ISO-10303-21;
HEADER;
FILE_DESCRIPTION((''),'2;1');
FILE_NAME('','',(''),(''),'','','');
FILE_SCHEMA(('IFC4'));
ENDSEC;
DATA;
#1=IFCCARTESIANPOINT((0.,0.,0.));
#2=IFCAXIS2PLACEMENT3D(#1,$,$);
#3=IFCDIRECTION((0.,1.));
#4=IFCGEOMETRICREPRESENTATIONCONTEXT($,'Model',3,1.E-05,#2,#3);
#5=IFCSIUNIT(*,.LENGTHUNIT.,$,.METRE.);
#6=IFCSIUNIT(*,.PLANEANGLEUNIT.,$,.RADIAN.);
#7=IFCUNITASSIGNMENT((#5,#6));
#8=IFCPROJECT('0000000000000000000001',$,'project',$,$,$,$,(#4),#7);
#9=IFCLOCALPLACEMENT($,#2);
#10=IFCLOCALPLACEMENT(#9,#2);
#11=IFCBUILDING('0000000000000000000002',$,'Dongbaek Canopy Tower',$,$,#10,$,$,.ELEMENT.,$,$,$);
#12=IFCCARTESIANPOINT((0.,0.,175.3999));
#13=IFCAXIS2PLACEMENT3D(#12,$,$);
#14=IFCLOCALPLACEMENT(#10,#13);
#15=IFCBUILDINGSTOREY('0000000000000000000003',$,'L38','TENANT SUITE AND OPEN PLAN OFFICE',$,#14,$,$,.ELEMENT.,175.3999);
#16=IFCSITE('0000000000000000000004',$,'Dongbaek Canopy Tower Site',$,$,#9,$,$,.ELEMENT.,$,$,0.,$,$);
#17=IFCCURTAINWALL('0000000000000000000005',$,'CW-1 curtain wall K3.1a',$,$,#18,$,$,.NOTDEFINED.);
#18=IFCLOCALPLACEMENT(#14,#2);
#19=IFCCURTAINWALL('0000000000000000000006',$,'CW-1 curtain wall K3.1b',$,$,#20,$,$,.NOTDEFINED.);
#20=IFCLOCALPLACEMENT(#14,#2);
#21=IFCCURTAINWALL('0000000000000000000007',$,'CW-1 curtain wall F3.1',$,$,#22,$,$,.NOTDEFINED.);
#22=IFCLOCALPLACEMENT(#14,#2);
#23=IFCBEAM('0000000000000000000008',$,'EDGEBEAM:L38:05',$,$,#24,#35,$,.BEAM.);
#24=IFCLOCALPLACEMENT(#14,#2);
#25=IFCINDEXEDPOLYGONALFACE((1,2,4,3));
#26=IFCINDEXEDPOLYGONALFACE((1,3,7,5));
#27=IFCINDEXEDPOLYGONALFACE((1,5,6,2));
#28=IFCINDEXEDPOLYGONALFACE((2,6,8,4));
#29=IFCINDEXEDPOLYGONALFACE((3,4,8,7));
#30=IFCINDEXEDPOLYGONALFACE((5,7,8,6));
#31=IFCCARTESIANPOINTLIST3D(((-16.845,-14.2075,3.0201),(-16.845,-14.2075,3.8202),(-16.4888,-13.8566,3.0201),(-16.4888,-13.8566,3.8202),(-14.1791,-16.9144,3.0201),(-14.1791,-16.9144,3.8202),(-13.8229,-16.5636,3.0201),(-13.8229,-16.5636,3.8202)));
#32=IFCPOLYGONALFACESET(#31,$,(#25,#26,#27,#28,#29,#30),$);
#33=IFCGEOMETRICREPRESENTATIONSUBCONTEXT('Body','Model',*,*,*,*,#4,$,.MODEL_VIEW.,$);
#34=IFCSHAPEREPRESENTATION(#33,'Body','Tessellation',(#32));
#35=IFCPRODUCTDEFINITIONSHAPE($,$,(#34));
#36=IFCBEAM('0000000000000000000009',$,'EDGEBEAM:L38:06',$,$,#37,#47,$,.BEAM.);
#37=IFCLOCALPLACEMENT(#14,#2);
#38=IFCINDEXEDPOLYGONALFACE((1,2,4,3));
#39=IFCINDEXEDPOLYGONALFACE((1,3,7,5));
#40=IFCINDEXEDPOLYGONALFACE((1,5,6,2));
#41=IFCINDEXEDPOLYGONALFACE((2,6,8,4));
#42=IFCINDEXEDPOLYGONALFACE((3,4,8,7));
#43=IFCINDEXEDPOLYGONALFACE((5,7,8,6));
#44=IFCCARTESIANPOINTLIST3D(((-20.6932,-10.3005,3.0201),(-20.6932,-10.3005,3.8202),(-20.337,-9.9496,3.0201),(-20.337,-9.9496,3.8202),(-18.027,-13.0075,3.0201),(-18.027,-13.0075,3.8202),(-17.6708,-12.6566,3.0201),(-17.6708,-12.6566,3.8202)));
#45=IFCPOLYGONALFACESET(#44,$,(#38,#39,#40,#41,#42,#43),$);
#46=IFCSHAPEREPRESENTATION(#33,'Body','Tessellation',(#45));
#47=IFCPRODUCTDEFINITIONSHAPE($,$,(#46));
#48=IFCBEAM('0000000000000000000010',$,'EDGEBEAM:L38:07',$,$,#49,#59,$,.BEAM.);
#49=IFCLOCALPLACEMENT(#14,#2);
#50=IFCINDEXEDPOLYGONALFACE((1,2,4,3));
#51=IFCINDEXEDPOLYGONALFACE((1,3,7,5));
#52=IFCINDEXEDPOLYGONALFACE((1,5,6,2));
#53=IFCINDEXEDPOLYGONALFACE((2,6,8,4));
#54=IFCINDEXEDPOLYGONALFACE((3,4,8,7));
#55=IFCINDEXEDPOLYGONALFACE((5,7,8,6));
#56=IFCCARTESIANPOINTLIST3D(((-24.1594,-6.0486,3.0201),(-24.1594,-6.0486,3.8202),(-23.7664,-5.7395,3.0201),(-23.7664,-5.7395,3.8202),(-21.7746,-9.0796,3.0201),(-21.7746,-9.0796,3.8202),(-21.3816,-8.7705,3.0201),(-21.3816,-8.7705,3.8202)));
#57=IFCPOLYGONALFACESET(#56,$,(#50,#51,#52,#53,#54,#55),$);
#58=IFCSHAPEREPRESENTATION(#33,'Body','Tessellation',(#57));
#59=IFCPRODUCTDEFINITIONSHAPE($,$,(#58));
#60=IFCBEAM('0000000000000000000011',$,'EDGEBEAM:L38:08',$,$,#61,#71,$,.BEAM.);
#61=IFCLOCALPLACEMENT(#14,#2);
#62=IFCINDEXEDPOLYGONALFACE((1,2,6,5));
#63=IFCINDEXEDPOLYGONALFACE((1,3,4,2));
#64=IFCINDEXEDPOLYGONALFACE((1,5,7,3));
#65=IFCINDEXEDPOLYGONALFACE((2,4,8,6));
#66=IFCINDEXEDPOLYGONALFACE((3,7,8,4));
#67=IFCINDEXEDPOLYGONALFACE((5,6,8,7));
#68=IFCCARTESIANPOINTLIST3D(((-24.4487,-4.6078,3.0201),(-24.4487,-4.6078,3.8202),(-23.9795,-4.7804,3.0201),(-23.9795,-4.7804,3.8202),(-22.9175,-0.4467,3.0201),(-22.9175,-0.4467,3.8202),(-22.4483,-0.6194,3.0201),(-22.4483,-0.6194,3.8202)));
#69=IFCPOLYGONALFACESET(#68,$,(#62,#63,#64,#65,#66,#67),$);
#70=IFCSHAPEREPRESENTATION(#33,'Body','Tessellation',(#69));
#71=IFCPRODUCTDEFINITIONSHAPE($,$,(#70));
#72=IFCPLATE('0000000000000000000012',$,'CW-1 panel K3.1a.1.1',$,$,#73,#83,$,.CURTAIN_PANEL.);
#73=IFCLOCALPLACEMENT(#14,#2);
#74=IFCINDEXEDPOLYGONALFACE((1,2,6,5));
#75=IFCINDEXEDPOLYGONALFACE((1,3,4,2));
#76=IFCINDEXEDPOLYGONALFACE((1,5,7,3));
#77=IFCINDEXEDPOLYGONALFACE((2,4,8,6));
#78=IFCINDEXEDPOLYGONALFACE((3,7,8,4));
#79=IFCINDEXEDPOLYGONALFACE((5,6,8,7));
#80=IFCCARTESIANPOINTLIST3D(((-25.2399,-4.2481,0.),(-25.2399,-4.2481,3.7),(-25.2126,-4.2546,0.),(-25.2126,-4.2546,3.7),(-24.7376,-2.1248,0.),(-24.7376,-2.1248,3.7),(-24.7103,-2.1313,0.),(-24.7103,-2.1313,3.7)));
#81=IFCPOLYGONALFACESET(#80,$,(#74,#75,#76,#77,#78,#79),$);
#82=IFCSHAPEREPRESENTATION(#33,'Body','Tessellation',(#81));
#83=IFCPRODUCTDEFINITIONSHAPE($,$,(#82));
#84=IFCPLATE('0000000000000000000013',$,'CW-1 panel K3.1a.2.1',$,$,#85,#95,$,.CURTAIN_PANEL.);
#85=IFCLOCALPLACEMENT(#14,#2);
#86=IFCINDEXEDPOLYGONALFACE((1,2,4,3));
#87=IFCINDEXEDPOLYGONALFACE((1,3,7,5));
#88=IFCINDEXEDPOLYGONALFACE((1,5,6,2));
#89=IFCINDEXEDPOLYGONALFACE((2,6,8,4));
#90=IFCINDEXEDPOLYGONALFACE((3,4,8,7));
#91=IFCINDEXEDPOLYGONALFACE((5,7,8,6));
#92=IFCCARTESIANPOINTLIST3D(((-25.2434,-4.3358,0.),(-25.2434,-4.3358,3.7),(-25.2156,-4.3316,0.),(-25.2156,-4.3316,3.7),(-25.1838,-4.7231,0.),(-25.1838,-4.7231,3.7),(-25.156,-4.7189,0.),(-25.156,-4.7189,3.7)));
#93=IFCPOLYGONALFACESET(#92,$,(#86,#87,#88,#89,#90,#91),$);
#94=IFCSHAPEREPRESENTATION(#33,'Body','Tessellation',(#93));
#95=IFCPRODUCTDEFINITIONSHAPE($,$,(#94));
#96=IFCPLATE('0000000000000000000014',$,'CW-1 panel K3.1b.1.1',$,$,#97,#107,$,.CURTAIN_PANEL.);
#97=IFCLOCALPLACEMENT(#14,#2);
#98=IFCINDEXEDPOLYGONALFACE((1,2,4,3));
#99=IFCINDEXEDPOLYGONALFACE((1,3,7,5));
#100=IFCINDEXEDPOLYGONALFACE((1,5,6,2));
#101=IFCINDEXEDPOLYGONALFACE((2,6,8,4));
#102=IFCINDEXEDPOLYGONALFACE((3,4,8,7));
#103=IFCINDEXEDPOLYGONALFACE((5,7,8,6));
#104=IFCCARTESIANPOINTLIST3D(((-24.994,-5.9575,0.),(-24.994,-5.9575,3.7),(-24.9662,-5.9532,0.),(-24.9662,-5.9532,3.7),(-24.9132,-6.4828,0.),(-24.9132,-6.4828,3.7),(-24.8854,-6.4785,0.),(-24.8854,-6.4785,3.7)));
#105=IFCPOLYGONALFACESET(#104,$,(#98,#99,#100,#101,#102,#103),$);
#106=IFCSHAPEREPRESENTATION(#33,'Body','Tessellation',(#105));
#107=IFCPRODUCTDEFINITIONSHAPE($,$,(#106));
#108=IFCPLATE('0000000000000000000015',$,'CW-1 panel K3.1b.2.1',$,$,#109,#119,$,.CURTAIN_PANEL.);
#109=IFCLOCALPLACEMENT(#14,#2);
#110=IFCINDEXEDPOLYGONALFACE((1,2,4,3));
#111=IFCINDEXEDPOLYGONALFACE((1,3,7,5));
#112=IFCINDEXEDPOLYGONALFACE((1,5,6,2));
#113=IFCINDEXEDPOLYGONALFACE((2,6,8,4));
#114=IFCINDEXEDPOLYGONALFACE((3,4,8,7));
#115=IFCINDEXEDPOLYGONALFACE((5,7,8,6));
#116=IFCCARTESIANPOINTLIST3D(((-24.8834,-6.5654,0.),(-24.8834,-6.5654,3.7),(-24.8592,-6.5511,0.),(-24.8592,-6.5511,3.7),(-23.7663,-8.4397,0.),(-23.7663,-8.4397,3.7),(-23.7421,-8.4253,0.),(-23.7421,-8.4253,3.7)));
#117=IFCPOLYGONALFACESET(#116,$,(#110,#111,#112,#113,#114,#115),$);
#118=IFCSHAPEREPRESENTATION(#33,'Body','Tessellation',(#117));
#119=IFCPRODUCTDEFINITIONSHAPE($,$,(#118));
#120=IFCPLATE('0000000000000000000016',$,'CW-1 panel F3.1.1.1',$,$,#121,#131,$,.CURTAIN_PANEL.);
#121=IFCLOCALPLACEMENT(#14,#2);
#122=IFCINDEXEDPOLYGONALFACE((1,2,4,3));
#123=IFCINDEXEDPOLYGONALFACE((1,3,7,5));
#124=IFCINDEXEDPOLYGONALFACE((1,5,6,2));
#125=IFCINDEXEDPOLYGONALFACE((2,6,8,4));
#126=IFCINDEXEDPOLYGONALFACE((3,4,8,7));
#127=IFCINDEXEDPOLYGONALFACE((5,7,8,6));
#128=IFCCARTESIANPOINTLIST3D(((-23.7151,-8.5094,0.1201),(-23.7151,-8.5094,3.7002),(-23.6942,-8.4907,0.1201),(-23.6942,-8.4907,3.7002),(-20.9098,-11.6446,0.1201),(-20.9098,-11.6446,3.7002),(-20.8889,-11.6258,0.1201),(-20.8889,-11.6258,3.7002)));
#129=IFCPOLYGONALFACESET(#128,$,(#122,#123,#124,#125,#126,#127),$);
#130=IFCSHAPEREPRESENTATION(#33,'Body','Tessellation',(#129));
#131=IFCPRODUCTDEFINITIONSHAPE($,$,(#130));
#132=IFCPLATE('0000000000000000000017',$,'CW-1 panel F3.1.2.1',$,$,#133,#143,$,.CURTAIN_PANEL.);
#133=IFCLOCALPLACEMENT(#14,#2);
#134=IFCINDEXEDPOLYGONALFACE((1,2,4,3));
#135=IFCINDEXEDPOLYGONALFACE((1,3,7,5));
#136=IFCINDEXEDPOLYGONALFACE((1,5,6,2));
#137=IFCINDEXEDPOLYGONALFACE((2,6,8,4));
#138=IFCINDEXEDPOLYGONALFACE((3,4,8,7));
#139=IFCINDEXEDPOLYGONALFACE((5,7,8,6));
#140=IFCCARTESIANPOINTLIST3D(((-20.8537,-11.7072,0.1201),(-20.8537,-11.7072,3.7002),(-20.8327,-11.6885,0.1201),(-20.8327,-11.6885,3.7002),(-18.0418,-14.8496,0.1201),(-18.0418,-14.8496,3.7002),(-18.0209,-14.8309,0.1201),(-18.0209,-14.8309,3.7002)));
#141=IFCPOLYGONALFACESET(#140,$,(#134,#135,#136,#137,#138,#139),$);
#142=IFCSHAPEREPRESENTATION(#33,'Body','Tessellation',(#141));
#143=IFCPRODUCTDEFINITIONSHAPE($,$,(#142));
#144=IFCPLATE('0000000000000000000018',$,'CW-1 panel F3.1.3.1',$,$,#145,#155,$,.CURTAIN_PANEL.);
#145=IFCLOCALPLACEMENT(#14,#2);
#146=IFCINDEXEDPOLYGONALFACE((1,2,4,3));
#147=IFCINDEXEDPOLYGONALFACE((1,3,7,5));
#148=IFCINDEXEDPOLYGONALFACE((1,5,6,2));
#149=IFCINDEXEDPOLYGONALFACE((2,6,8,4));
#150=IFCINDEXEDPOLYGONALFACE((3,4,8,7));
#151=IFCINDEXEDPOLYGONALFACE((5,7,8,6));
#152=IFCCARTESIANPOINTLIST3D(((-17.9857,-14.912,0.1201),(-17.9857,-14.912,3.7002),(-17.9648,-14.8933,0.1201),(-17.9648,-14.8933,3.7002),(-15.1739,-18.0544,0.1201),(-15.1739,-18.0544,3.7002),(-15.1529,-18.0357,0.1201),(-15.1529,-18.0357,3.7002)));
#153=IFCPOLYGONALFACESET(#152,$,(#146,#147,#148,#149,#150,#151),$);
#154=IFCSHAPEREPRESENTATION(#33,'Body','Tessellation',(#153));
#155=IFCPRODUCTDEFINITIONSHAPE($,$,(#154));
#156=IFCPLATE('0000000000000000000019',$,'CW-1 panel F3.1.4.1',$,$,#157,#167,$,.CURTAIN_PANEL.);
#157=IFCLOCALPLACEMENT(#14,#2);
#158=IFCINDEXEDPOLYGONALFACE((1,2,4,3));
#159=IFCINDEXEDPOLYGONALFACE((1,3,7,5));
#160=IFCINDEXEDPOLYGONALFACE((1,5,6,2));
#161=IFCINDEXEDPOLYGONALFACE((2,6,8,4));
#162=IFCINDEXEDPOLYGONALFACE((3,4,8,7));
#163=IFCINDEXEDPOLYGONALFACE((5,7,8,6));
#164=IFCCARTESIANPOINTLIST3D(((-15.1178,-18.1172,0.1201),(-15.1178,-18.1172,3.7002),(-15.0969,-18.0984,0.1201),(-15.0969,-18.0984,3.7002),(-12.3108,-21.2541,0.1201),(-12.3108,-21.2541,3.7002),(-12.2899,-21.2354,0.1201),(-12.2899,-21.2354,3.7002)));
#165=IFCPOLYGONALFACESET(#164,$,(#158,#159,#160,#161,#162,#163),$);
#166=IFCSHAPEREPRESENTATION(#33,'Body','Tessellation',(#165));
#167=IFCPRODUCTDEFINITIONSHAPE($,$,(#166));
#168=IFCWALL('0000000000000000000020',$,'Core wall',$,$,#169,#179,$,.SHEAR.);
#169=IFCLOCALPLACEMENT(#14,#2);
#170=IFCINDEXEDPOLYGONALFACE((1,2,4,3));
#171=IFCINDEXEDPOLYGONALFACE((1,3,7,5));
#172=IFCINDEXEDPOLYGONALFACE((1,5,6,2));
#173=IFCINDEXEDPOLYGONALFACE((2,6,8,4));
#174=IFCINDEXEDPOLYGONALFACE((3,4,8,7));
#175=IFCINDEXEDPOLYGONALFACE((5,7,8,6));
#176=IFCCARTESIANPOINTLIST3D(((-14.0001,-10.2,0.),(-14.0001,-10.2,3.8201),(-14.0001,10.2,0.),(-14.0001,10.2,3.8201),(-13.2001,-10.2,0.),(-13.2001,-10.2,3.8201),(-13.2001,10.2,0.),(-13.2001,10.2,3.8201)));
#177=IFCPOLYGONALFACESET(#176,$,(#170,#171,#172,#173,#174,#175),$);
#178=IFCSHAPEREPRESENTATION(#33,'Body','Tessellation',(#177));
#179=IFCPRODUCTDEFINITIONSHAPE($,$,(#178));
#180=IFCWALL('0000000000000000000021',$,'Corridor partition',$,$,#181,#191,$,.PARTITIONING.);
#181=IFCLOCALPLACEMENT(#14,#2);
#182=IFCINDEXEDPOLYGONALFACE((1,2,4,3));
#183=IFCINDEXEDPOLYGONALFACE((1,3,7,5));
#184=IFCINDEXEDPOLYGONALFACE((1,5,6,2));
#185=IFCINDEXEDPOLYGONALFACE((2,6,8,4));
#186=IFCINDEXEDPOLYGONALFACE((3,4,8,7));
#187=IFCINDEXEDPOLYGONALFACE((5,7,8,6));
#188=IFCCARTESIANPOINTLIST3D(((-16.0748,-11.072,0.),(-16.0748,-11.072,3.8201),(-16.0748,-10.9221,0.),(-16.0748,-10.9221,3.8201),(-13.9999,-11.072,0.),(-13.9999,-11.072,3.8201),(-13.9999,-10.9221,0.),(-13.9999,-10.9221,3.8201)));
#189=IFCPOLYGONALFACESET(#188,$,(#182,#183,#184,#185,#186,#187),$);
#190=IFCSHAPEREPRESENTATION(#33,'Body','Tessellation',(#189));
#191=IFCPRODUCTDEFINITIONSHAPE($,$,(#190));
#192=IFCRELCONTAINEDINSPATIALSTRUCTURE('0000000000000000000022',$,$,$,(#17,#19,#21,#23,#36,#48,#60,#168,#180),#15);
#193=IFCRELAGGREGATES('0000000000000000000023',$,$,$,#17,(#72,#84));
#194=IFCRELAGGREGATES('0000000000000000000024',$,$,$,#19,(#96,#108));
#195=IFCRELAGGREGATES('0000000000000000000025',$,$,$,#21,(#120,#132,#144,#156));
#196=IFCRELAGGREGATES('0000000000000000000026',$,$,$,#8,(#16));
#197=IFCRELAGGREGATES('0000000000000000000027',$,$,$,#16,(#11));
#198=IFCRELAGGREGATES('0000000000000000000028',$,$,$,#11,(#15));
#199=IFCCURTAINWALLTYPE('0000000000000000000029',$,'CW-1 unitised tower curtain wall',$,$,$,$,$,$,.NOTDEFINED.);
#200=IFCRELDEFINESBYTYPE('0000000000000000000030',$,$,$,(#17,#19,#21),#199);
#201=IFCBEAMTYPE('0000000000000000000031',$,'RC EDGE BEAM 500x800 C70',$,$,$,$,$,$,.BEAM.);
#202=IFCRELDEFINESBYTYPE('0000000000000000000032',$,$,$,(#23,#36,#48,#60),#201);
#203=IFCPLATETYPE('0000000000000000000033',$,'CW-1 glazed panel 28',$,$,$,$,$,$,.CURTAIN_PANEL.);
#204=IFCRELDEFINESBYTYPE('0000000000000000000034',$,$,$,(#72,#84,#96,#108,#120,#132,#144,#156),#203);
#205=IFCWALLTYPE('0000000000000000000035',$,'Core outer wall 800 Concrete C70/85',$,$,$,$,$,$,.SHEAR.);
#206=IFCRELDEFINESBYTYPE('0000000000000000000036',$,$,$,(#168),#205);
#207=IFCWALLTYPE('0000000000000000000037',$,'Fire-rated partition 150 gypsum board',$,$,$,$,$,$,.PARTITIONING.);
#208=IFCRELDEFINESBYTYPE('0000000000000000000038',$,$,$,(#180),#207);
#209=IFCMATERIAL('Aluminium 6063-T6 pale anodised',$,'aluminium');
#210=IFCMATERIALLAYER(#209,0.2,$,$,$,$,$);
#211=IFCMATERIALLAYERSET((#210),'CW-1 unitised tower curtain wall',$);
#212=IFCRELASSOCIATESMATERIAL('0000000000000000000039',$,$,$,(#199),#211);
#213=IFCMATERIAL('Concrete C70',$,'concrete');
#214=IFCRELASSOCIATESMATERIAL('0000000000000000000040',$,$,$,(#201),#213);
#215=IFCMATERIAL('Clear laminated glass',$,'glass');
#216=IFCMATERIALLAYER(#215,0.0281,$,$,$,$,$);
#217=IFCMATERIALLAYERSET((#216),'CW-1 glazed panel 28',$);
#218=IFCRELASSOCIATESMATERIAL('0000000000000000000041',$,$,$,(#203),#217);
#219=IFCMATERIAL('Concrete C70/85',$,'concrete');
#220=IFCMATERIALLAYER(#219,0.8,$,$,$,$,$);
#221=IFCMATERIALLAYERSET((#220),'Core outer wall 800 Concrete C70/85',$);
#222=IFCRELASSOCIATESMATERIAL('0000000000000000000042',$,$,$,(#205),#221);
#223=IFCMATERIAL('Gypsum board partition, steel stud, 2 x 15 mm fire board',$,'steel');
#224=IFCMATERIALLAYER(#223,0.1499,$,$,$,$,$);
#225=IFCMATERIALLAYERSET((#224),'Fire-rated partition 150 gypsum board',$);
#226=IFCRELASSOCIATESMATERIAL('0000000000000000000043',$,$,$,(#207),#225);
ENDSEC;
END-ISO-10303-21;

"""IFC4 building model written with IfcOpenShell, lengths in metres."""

from ifc_helpers import new_model, si_unit, direction, frame, frame_2d, origin, origin_2d, place, context, subcontext, project, spatial, rectangle, extrude, material, layer, layer_set, material_profile, profile_set, type_object, element, aggregate, save


model = new_model("IFC4")

# Units and contexts
model_context = context("Model", 3, precision=1e-05, world=origin(), true_north=direction((0.0, 1.0)))
body_context = subcontext(model_context, "Body", "Model", "MODEL_VIEW")
ifc_project = project(units=[si_unit("LENGTHUNIT", "METRE"), si_unit("PLANEANGLEUNIT", "RADIAN")], contexts=[model_context])

# Site, building, storey
site_placement = place(None, origin())
site = spatial("IfcSite", under=ifc_project, at=site_placement, Name="Dongbaek Canopy Tower Site", CompositionType="ELEMENT", RefElevation=0.0)
building_placement = place(site_placement, origin())
building = spatial("IfcBuilding", under=site, at=building_placement, Name="Dongbaek Canopy Tower", CompositionType="ELEMENT")
storey_placement = place(building_placement, frame((0.0, 0.0, 175.3999)))
storey = spatial("IfcBuildingStorey", under=building, at=storey_placement, Name="L38", Description="TENANT SUITE AND OPEN PLAN OFFICE", CompositionType="ELEMENT", Elevation=175.3999)

# Shared definitions
ifc_material_1 = material(Name="Aluminium 6063-T6 pale anodised", Category="aluminium")
ifc_layer_1 = layer(ifc_material_1, 0.2)
ifc_layer_set_1 = layer_set([ifc_layer_1], Name="CW-1 unitised tower curtain wall")
curtain_wall_type = type_object("IfcCurtainWallType", Name="CW-1 unitised tower curtain wall", PredefinedType="NOTDEFINED", material=ifc_layer_set_1)

# Curtain walls
curtain_wall_1_placement = place(storey_placement, origin())
curtain_wall_1 = element("IfcCurtainWall", 1, at=curtain_wall_1_placement, inside=storey, type_object=curtain_wall_type, Name="CW-1 curtain wall K3.1a", PredefinedType="NOTDEFINED")
curtain_wall_2_placement = place(storey_placement, origin())
curtain_wall_2 = element("IfcCurtainWall", 2, at=curtain_wall_2_placement, inside=storey, type_object=curtain_wall_type, Name="CW-1 curtain wall K3.1b", PredefinedType="NOTDEFINED")
curtain_wall_3_placement = place(storey_placement, origin())
curtain_wall_3 = element("IfcCurtainWall", 3, at=curtain_wall_3_placement, inside=storey, type_object=curtain_wall_type, Name="CW-1 curtain wall F3.1", PredefinedType="NOTDEFINED")

# Beams
ifc_material_2 = material(Name="Concrete C70", Category="concrete")
ifc_material_profile_1 = material_profile(ifc_material_2, rectangle(XDim=0.5, YDim=0.8, at=origin_2d()), Name="RC EDGE BEAM 500x800 C70")
ifc_profile_set_1 = profile_set([ifc_material_profile_1], Name="Concrete C70")
beam_type = type_object("IfcBeamType", Name="RC EDGE BEAM 500x800 C70", PredefinedType="BEAM", material=ifc_profile_set_1)
beam_1_placement = place(storey_placement, frame((-14.001, -16.739, 3.4202), z_axis=(-0.701689, 0.712484, 0.0), x_axis=(-0.712484, -0.701689, 0.0)))
element("IfcBeam", 4, at=beam_1_placement, inside=storey, type_object=beam_type, Name="EDGEBEAM:L38:05", PredefinedType="BEAM", context=body_context, shape_type="SweptSolid", body=[
    extrude(rectangle(XDim=0.5, YDim=0.8, at=origin_2d()), origin(), (0.0, 0.0, 1.0), 3.7993),
])
beam_2_placement = place(storey_placement, frame((-17.8489, -12.832, 3.4202), z_axis=(-0.701721, 0.712452, 0.0), x_axis=(-0.712452, -0.701721, 0.0)))
element("IfcBeam", 5, at=beam_2_placement, inside=storey, type_object=beam_type, Name="EDGEBEAM:L38:06", PredefinedType="BEAM", context=body_context, shape_type="SweptSolid", body=[
    extrude(rectangle(XDim=0.5, YDim=0.8, at=origin_2d()), origin(), (0.0, 0.0, 1.0), 3.7996),
])
beam_3_placement = place(storey_placement, frame((-21.5781, -8.925, 3.4202), z_axis=(-0.618344, 0.785907, 0.0), x_axis=(-0.785907, -0.618344, 0.0)))
element("IfcBeam", 6, at=beam_3_placement, inside=storey, type_object=beam_type, Name="EDGEBEAM:L38:07", PredefinedType="BEAM", context=body_context, shape_type="SweptSolid", body=[
    extrude(rectangle(XDim=0.5, YDim=0.8, at=origin_2d()), origin(), (0.0, 0.0, 1.0), 3.8567),
])
beam_4_placement = place(storey_placement, frame((-24.2141, -4.6941, 3.4202), z_axis=(0.345348, 0.938475, 0.0), x_axis=(-0.938475, 0.345348, 0.0)))
element("IfcBeam", 7, at=beam_4_placement, inside=storey, type_object=beam_type, Name="EDGEBEAM:L38:08", PredefinedType="BEAM", context=body_context, shape_type="SweptSolid", body=[
    extrude(rectangle(XDim=0.5, YDim=0.8, at=origin_2d()), origin(), (0.0, 0.0, 1.0), 4.4338),
])

# Plates
ifc_material_3 = material(Name="Clear laminated glass", Category="glass")
ifc_layer_2 = layer(ifc_material_3, 0.0281)
ifc_layer_set_2 = layer_set([ifc_layer_2], Name="CW-1 glazed panel 28")
plate_type = type_object("IfcPlateType", Name="CW-1 glazed panel 28", PredefinedType="CURTAIN_PANEL", material=ifc_layer_set_2)
plate_1_placement = place(storey_placement, frame((-24.9751, -3.1897, 0.0), z_axis=(0.0, 0.0, 1.0), x_axis=(-0.230206, -0.973142, 0.0)))
plate_1 = element("IfcPlate", 8, at=plate_1_placement, type_object=plate_type, Name="CW-1 panel K3.1a.1.1", PredefinedType="CURTAIN_PANEL", context=body_context, shape_type="SweptSolid", body=[
    extrude(rectangle(XDim=2.1819, YDim=0.0281, at=origin_2d()), origin(), (0.0, 0.0, 1.0), 3.7),
])
plate_2_placement = place(storey_placement, frame((-25.1997, -4.5273, 0.0), z_axis=(0.0, 0.0, 1.0), x_axis=(0.152013, -0.988378, 0.0)))
plate_2 = element("IfcPlate", 9, at=plate_2_placement, type_object=plate_type, Name="CW-1 panel K3.1a.2.1", PredefinedType="CURTAIN_PANEL", context=body_context, shape_type="SweptSolid", body=[
    extrude(rectangle(XDim=0.3918, YDim=0.0281, at=origin_2d()), origin(), (0.0, 0.0, 1.0), 3.7),
])
plate_3_placement = place(storey_placement, frame((-24.9397, -6.218, 0.0), z_axis=(0.0, 0.0, 1.0), x_axis=(0.152013, -0.988378, 0.0)))
plate_3 = element("IfcPlate", 10, at=plate_3_placement, type_object=plate_type, Name="CW-1 panel K3.1b.1.1", PredefinedType="CURTAIN_PANEL", context=body_context, shape_type="SweptSolid", body=[
    extrude(rectangle(XDim=0.5315, YDim=0.0281, at=origin_2d()), origin(), (0.0, 0.0, 1.0), 3.7),
])
plate_4_placement = place(storey_placement, frame((-24.3127, -7.4954, 0.0), z_axis=(0.0, 0.0, 1.0), x_axis=(0.511989, -0.858992, 0.0)))
plate_4 = element("IfcPlate", 11, at=plate_4_placement, type_object=plate_type, Name="CW-1 panel K3.1b.2.1", PredefinedType="CURTAIN_PANEL", context=body_context, shape_type="SweptSolid", body=[
    extrude(rectangle(XDim=2.1819, YDim=0.0281, at=origin_2d()), origin(), (0.0, 0.0, 1.0), 3.7),
])
plate_5_placement = place(storey_placement, frame((-22.302, -10.0676, 0.1201), z_axis=(0.0, 0.0, 1.0), x_axis=(0.666829, -0.745211, 0.0)))
plate_5 = element("IfcPlate", 12, at=plate_5_placement, type_object=plate_type, Name="CW-1 panel F3.1.1.1", PredefinedType="CURTAIN_PANEL", context=body_context, shape_type="SweptSolid", body=[
    extrude(rectangle(XDim=4.207, YDim=0.0281, at=origin_2d()), origin(), (0.0, 0.0, 1.0), 3.5801),
])
plate_6_placement = place(storey_placement, frame((-19.4373, -13.269, 0.1201), z_axis=(0.0, 0.0, 1.0), x_axis=(0.666829, -0.745211, 0.0)))
plate_6 = element("IfcPlate", 13, at=plate_6_placement, type_object=plate_type, Name="CW-1 panel F3.1.2.1", PredefinedType="CURTAIN_PANEL", context=body_context, shape_type="SweptSolid", body=[
    extrude(rectangle(XDim=4.2168, YDim=0.0281, at=origin_2d()), origin(), (0.0, 0.0, 1.0), 3.5801),
])
plate_7_placement = place(storey_placement, frame((-16.5693, -16.4739, 0.1201), z_axis=(0.0, 0.0, 1.0), x_axis=(0.666829, -0.745211, 0.0)))
plate_7 = element("IfcPlate", 14, at=plate_7_placement, type_object=plate_type, Name="CW-1 panel F3.1.3.1", PredefinedType="CURTAIN_PANEL", context=body_context, shape_type="SweptSolid", body=[
    extrude(rectangle(XDim=4.2168, YDim=0.0281, at=origin_2d()), origin(), (0.0, 0.0, 1.0), 3.5801),
])
plate_8_placement = place(storey_placement, frame((-13.7039, -19.6763, 0.1201), z_axis=(0.0, 0.0, 1.0), x_axis=(0.666829, -0.745211, 0.0)))
plate_8 = element("IfcPlate", 15, at=plate_8_placement, type_object=plate_type, Name="CW-1 panel F3.1.4.1", PredefinedType="CURTAIN_PANEL", context=body_context, shape_type="SweptSolid", body=[
    extrude(rectangle(XDim=4.2095, YDim=0.0281, at=origin_2d()), origin(), (0.0, 0.0, 1.0), 3.5801),
])

# Walls
ifc_material_4 = material(Name="Concrete C70/85", Category="concrete")
ifc_layer_3 = layer(ifc_material_4, 0.8)
ifc_layer_set_3 = layer_set([ifc_layer_3], Name="Core outer wall 800 Concrete C70/85")
wall_type_1 = type_object("IfcWallType", Name="Core outer wall 800 Concrete C70/85", PredefinedType="SHEAR", material=ifc_layer_set_3)
wall_1_placement = place(storey_placement, frame((-13.6001, -10.2, 0.0), z_axis=(0.0, 0.0, 1.0), x_axis=(0.0, 1.0, 0.0)))
element("IfcWall", 16, at=wall_1_placement, inside=storey, type_object=wall_type_1, Name="Core wall", PredefinedType="SHEAR", context=body_context, shape_type="SweptSolid", body=[
    extrude(rectangle(XDim=20.3999, YDim=0.8, at=frame_2d((10.2, 0.0))), origin(), (0.0, 0.0, 1.0), 3.8201),
])
ifc_material_5 = material(Name="Gypsum board partition, steel stud, 2 x 15 mm fire board", Category="steel")
ifc_layer_4 = layer(ifc_material_5, 0.1499)
ifc_layer_set_4 = layer_set([ifc_layer_4], Name="Fire-rated partition 150 gypsum board")
wall_type_2 = type_object("IfcWallType", Name="Fire-rated partition 150 gypsum board", PredefinedType="PARTITIONING", material=ifc_layer_set_4)
wall_2_placement = place(storey_placement, frame((-16.075, -10.9971, 0.0), z_axis=(0.0, 0.0, 1.0), x_axis=(1.0, 0.0, 0.0)))
element("IfcWall", 17, at=wall_2_placement, inside=storey, type_object=wall_type_2, Name="Corridor partition", PredefinedType="PARTITIONING", context=body_context, shape_type="SweptSolid", body=[
    extrude(rectangle(XDim=2.075, YDim=0.1499, at=frame_2d((1.0376, 0.0))), origin(), (0.0, 0.0, 1.0), 3.8201),
])

aggregate(curtain_wall_1, [plate_1, plate_2])
aggregate(curtain_wall_2, [plate_3, plate_4])
aggregate(curtain_wall_3, [plate_5, plate_6, plate_7, plate_8])

save(model, "model.ifc")
